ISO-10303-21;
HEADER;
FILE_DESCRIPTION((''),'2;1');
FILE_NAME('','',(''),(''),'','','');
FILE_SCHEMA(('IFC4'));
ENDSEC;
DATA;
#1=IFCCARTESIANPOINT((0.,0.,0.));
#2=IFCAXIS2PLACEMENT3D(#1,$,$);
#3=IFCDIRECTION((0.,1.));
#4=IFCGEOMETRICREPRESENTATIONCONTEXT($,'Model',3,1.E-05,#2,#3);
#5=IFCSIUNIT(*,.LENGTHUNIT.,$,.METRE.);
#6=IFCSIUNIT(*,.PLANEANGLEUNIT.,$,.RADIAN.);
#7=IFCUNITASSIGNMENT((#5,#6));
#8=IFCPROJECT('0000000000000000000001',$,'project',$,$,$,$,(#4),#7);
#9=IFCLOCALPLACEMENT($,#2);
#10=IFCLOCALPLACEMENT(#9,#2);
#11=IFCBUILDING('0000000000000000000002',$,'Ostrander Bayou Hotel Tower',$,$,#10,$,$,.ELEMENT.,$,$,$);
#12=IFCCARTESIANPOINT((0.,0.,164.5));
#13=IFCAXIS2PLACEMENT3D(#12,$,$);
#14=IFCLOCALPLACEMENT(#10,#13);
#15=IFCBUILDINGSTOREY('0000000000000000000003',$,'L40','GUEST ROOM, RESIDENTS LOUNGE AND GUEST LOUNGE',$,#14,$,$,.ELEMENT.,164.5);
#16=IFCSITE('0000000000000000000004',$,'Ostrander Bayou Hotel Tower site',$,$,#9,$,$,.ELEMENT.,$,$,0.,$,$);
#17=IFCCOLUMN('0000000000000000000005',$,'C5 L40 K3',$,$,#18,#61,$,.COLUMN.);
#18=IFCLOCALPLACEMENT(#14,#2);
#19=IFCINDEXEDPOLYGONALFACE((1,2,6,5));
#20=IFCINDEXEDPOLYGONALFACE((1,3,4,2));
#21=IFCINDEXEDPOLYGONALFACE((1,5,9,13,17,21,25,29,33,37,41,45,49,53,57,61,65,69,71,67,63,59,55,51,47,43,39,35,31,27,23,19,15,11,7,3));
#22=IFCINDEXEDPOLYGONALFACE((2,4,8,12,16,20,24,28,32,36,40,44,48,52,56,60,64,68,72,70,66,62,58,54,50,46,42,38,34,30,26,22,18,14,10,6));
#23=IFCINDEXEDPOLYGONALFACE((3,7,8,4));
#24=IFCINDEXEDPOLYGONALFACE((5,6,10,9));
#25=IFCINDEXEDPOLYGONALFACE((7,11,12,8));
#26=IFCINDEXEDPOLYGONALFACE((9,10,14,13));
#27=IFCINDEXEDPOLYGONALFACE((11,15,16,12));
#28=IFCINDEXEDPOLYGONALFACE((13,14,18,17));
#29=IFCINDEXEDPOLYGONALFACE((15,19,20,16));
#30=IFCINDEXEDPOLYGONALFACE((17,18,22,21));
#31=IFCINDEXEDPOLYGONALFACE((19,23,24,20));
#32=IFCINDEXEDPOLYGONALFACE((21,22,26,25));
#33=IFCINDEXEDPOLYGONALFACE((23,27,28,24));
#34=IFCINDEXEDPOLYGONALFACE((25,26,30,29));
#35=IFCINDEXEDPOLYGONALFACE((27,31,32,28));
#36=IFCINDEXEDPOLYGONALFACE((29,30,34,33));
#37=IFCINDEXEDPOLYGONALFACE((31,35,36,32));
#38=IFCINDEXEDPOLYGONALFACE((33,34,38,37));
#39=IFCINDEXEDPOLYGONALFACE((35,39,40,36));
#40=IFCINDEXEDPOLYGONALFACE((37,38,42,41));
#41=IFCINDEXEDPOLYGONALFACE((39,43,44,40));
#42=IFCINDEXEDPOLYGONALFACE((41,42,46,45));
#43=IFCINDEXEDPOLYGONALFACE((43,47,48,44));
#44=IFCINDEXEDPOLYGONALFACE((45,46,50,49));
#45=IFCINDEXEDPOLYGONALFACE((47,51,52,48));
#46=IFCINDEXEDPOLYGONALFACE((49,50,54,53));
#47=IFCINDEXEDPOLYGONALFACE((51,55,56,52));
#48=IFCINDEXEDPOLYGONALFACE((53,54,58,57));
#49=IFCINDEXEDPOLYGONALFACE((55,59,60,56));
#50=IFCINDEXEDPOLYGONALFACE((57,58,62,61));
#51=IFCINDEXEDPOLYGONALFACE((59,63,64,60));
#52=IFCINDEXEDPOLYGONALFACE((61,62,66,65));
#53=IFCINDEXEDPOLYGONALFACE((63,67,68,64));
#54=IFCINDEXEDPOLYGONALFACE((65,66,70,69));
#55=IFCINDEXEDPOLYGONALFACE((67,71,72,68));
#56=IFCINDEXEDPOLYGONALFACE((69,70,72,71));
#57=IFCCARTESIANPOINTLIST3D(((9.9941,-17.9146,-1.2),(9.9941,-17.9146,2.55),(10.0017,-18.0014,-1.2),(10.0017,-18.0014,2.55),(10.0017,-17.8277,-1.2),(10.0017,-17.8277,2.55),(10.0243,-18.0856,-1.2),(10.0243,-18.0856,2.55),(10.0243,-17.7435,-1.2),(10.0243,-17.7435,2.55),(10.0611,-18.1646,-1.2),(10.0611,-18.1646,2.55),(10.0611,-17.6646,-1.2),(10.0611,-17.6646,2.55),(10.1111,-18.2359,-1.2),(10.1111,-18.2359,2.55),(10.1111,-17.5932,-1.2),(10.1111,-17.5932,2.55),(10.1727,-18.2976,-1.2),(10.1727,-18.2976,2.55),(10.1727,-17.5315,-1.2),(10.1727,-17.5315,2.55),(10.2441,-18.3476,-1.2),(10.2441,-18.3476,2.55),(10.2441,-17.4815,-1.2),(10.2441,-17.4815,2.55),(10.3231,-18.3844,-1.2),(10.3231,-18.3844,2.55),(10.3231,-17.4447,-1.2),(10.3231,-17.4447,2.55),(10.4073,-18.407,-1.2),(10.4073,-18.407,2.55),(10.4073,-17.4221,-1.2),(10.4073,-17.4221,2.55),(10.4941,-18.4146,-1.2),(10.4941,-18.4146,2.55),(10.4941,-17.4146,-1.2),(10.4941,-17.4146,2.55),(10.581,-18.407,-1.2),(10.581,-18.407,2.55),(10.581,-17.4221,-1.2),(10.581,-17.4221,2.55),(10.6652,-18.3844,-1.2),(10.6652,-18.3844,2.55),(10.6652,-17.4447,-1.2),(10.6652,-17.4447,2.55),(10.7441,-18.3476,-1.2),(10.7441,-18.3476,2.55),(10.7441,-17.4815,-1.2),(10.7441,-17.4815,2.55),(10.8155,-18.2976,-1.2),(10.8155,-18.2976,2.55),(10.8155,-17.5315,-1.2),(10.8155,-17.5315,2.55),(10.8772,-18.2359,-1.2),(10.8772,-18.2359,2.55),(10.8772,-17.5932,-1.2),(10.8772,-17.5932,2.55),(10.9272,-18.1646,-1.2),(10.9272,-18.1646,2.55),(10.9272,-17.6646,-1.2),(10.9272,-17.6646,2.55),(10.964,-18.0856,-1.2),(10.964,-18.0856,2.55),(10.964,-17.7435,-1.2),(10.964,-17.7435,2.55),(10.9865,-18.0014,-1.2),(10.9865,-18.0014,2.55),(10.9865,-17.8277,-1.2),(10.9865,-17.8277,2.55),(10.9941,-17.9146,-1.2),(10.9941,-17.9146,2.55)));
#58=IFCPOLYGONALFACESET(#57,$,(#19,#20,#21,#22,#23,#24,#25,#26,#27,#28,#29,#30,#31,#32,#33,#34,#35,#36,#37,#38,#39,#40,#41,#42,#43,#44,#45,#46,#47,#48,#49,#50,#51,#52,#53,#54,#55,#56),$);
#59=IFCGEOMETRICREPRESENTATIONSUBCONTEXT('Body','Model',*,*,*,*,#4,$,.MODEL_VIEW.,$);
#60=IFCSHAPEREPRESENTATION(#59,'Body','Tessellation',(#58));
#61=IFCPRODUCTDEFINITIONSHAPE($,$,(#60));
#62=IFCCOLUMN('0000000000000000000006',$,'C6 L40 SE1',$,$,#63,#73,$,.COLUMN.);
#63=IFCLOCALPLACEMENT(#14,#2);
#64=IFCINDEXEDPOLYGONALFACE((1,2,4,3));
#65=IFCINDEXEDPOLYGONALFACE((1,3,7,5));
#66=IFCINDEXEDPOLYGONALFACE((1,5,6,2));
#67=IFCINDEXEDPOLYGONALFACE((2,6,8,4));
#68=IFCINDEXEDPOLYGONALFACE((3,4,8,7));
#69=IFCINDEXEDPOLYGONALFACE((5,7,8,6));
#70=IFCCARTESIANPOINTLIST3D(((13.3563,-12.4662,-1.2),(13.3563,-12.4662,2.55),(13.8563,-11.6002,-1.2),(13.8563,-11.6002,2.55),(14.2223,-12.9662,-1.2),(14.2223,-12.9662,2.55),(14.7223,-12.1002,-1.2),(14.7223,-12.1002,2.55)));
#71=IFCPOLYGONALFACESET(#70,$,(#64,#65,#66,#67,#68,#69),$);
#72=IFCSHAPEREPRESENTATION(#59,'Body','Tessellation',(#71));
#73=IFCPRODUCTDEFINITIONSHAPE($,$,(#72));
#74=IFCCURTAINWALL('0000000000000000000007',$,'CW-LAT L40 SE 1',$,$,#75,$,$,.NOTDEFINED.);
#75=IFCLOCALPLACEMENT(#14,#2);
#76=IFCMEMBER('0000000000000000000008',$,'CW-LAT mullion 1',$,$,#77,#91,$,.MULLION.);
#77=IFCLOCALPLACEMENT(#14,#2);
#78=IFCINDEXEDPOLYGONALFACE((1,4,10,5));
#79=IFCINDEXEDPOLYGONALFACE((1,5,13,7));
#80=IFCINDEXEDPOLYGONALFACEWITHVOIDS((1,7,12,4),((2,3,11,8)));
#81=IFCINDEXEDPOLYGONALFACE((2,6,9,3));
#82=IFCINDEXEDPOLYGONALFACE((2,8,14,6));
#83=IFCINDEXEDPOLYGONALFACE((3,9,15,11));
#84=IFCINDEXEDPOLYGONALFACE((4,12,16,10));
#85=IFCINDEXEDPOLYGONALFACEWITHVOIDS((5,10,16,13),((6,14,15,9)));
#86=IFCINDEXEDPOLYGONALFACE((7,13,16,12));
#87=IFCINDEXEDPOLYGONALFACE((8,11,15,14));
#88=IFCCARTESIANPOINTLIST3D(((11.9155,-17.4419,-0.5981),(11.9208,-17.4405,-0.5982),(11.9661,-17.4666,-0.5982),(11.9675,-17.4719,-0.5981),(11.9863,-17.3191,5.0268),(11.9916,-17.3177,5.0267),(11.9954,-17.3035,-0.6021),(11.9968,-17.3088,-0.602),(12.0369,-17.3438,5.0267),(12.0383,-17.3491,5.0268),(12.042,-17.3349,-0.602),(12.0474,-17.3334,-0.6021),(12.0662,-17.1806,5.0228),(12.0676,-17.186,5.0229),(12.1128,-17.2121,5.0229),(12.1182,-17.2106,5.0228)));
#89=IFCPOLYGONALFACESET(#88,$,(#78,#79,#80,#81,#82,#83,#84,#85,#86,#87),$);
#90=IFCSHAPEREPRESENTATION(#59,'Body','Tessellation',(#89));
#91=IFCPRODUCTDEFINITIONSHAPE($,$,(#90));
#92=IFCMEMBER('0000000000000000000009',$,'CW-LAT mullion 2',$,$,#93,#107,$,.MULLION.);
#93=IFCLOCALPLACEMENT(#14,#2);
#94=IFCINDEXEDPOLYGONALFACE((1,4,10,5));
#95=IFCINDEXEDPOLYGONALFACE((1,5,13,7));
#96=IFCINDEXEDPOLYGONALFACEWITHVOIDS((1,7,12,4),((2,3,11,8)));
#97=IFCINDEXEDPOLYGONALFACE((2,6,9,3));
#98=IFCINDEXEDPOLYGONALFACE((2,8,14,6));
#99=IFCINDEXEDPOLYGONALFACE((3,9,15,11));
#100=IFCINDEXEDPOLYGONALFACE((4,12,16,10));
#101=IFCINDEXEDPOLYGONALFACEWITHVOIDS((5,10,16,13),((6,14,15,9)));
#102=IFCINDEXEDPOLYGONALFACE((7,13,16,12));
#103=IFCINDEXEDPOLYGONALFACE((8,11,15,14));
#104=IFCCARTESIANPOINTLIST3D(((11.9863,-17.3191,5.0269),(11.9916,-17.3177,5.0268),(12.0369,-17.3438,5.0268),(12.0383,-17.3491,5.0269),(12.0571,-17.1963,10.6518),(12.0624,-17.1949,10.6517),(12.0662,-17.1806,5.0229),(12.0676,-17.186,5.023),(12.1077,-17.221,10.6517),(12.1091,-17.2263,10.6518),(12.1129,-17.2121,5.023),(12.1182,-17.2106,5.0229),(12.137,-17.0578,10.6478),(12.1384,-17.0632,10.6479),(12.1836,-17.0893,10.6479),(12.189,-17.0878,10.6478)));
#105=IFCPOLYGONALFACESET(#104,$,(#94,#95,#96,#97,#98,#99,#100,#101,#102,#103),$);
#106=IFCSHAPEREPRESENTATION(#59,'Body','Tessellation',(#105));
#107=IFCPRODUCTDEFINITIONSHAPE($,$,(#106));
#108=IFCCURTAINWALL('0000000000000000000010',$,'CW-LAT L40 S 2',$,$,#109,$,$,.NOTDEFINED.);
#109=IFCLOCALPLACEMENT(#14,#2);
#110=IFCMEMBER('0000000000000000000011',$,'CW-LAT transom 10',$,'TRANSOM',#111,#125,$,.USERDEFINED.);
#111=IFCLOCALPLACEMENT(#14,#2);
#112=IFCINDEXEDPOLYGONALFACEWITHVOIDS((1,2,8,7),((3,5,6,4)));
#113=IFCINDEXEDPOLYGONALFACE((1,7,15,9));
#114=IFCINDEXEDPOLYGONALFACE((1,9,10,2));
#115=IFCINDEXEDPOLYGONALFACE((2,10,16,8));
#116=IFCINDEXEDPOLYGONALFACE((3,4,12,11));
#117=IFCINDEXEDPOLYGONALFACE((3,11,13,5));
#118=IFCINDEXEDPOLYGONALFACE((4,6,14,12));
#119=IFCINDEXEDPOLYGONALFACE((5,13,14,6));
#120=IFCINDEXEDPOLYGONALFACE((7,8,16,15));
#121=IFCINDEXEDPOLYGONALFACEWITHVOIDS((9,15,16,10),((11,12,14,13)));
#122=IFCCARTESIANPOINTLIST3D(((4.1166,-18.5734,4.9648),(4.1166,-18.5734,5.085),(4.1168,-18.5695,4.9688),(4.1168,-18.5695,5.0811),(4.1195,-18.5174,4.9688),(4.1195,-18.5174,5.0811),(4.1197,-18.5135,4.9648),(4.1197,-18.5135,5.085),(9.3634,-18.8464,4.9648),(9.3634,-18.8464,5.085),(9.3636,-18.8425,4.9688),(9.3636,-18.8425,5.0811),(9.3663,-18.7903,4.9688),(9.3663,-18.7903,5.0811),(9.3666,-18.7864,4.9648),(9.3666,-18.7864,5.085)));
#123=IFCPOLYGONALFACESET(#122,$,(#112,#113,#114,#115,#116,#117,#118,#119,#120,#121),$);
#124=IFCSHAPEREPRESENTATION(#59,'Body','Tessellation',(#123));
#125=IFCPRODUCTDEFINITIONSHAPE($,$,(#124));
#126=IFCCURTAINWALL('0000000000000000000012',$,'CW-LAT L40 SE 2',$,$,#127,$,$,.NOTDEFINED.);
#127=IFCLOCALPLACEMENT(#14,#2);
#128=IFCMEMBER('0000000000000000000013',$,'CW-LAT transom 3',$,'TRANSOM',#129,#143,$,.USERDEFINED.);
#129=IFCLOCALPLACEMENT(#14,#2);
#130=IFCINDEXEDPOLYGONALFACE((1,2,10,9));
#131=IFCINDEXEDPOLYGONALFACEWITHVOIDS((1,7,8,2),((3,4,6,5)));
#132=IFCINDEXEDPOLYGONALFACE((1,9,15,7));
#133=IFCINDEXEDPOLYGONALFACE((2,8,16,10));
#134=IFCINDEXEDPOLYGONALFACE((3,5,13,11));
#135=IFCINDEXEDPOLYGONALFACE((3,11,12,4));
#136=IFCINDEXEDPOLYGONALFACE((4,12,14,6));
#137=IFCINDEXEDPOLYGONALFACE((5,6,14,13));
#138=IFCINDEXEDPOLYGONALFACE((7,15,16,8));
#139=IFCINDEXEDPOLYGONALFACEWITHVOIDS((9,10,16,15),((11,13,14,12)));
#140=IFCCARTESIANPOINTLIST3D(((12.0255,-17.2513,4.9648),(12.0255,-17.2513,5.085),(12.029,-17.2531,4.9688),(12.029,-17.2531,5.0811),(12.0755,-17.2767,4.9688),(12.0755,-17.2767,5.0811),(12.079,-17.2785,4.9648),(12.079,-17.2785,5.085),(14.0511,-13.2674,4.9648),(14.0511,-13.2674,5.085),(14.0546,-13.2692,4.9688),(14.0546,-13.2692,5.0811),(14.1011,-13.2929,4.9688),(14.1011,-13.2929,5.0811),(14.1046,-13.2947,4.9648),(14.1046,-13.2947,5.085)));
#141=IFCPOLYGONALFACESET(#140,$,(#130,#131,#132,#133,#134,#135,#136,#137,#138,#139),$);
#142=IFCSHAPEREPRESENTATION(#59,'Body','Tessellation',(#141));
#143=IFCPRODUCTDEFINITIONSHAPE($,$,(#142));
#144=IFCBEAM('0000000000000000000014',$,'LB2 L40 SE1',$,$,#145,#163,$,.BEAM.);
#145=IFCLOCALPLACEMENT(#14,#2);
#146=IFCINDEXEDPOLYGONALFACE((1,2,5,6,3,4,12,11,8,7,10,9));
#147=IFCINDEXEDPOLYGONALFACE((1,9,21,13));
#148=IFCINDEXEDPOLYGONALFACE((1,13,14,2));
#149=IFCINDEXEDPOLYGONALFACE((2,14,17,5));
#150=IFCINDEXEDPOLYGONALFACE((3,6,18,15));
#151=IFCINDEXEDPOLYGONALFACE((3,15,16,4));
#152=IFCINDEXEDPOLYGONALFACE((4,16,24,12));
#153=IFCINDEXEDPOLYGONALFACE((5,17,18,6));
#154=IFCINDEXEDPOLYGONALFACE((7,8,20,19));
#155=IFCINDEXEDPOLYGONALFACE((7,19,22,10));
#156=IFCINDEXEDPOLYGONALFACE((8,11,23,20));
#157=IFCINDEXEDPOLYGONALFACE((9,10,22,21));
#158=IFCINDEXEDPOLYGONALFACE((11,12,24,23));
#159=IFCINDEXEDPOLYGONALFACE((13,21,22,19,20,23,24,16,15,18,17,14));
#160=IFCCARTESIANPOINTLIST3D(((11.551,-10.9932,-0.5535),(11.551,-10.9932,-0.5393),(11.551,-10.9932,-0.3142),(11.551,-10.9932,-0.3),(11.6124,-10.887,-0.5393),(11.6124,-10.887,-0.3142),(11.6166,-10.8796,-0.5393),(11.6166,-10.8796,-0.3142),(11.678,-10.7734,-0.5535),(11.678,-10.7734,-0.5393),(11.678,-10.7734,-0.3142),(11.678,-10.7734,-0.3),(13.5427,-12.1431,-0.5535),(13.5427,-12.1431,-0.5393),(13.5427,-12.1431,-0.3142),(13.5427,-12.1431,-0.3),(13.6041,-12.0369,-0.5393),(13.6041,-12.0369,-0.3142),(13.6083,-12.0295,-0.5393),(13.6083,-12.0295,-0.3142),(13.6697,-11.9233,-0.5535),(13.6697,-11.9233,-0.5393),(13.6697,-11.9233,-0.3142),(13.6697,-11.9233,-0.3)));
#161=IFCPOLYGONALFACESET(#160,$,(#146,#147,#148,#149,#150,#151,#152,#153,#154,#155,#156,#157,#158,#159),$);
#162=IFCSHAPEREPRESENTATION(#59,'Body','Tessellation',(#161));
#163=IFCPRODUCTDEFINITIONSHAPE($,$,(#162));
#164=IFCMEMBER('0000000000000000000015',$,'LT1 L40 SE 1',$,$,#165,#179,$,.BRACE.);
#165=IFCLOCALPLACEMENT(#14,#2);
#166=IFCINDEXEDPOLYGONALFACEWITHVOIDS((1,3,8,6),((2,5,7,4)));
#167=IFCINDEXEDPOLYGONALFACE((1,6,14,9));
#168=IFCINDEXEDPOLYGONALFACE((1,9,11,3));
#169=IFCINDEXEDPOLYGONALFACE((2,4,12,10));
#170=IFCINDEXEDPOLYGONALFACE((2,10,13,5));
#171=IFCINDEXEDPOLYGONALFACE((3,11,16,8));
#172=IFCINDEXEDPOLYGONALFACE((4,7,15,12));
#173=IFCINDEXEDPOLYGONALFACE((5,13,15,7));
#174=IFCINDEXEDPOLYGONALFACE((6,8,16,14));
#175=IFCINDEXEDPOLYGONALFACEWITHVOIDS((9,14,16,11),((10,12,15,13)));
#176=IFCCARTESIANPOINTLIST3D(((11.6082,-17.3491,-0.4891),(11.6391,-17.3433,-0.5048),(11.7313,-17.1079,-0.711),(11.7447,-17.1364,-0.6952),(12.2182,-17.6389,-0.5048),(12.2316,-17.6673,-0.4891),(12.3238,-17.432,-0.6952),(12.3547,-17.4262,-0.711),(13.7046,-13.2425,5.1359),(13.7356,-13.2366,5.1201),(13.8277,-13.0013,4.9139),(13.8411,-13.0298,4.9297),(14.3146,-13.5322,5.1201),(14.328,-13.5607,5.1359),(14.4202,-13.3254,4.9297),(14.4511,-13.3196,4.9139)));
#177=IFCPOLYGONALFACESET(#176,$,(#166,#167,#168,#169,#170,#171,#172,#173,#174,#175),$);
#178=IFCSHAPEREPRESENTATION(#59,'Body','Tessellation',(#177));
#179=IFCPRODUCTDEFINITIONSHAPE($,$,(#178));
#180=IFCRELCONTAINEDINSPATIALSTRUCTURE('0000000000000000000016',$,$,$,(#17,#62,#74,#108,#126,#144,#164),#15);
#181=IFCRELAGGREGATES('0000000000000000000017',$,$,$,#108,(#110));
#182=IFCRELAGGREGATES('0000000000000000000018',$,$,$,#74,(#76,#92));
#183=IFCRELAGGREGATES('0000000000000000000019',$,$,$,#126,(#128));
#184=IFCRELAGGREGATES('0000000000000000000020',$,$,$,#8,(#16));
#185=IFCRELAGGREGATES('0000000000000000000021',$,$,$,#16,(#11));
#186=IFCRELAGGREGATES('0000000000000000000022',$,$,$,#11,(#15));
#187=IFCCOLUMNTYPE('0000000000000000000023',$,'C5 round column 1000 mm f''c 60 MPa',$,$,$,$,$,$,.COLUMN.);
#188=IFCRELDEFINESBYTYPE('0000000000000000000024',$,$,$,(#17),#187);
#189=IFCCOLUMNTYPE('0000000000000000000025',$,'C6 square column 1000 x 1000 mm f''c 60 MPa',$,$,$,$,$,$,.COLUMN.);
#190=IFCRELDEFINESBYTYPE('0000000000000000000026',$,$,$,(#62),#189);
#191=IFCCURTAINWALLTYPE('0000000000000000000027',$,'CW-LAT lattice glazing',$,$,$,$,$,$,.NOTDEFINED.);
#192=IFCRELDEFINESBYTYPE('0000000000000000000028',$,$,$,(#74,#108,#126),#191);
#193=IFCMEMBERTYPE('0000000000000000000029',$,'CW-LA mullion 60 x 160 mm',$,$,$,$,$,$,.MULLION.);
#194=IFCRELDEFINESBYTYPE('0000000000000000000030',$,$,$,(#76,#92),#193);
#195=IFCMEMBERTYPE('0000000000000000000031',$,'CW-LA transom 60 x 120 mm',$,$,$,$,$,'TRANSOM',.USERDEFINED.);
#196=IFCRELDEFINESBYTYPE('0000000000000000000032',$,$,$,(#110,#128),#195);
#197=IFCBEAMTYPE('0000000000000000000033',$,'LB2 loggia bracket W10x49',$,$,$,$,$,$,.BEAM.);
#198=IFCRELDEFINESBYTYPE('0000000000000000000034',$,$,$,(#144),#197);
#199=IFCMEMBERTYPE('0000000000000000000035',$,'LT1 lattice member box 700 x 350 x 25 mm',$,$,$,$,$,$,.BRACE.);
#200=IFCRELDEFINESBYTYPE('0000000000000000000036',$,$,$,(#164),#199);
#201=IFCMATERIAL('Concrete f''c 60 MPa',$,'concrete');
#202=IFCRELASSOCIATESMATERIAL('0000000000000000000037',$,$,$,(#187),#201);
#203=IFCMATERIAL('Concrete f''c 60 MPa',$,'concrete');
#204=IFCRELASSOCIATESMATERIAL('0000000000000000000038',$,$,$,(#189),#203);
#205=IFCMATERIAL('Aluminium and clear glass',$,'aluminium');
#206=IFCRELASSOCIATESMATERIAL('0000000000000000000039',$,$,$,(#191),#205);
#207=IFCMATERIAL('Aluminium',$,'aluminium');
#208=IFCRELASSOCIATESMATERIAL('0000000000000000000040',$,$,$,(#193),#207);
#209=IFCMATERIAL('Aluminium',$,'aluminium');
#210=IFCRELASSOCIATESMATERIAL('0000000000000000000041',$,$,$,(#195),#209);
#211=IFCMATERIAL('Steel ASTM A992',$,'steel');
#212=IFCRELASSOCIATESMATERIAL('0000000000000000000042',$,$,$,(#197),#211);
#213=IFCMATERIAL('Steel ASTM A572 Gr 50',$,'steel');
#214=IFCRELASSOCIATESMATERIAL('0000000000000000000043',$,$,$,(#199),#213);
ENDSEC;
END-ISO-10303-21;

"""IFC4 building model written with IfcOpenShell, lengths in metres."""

from ifc_helpers import new_model, si_unit, direction, frame, origin, origin_2d, place, context, subcontext, project, spatial, rectangle, hollow_rectangle, circle, i_section, extrude, material, material_profile, profile_set, type_object, element, aggregate, save


model = new_model("IFC4")

# Units and contexts
model_context = context("Model", 3, precision=1e-05, world=origin(), true_north=direction((0.0, 1.0)))
body_context = subcontext(model_context, "Body", "Model", "MODEL_VIEW")
ifc_project = project(units=[si_unit("LENGTHUNIT", "METRE"), si_unit("PLANEANGLEUNIT", "RADIAN")], contexts=[model_context])

# Site, building, storey
site_placement = place(None, origin())
site = spatial("IfcSite", under=ifc_project, at=site_placement, Name="Ostrander Bayou Hotel Tower site", CompositionType="ELEMENT", RefElevation=0.0)
building_placement = place(site_placement, origin())
building = spatial("IfcBuilding", under=site, at=building_placement, Name="Ostrander Bayou Hotel Tower", CompositionType="ELEMENT")
storey_placement = place(building_placement, frame((0.0, 0.0, 164.5)))
storey = spatial("IfcBuildingStorey", under=building, at=storey_placement, Name="L40", Description="GUEST ROOM, RESIDENTS LOUNGE AND GUEST LOUNGE", CompositionType="ELEMENT", Elevation=164.5)

# Columns
ifc_material_1 = material(Name="Concrete f'c 60 MPa", Category="concrete")
ifc_material_profile_1 = material_profile(ifc_material_1, circle(Radius=0.5, at=origin_2d()))
ifc_profile_set_1 = profile_set([ifc_material_profile_1], Name="Concrete f'c 60 MPa")
column_type_1 = type_object("IfcColumnType", Name="C5 round column 1000 mm f'c 60 MPa", PredefinedType="COLUMN", material=ifc_profile_set_1)
column_1_placement = place(storey_placement, frame((10.4941, -17.9146, -1.2), z_axis=(0.0, 0.0, 1.0), x_axis=(1.0, 0.0, 0.0)))
element("IfcColumn", 1, at=column_1_placement, inside=storey, type_object=column_type_1, Name="C5 L40 K3", PredefinedType="COLUMN", context=body_context, shape_type="SweptSolid", body=[
    extrude(circle(Radius=0.5, at=origin_2d()), origin(), (0.0, 0.0, 1.0), 3.75),
])
ifc_material_2 = material(Name="Concrete f'c 60 MPa", Category="concrete")
ifc_material_profile_2 = material_profile(ifc_material_2, rectangle(XDim=1.0, YDim=1.0, at=origin_2d()))
ifc_profile_set_2 = profile_set([ifc_material_profile_2], Name="Concrete f'c 60 MPa")
column_type_2 = type_object("IfcColumnType", Name="C6 square column 1000 x 1000 mm f'c 60 MPa", PredefinedType="COLUMN", material=ifc_profile_set_2)
column_2_placement = place(storey_placement, frame((14.0393, -12.2832, -1.2), z_axis=(0.0, 0.0, 1.0), x_axis=(-0.5, -0.866025, 0.0)))
element("IfcColumn", 2, at=column_2_placement, inside=storey, type_object=column_type_2, Name="C6 L40 SE1", PredefinedType="COLUMN", context=body_context, shape_type="SweptSolid", body=[
    extrude(rectangle(XDim=1.0, YDim=1.0, at=origin_2d()), origin(), (0.0, 0.0, 1.0), 3.75),
])

# Curtain wall, members
ifc_material_3 = material(Name="Aluminium and clear glass", Category="aluminium")
curtain_wall_type = type_object("IfcCurtainWallType", Name="CW-LAT lattice glazing", PredefinedType="NOTDEFINED", material=ifc_material_3)
curtain_wall_1_placement = place(storey_placement, origin())
curtain_wall_1 = element("IfcCurtainWall", 3, at=curtain_wall_1_placement, inside=storey, type_object=curtain_wall_type, Name="CW-LAT L40 SE 1", PredefinedType="NOTDEFINED")
ifc_material_4 = material(Name="Aluminium", Category="aluminium")
ifc_material_profile_3 = material_profile(ifc_material_4, hollow_rectangle(XDim=0.0601, YDim=0.1599, WallThickness=0.0039, at=origin_2d()))
ifc_profile_set_3 = profile_set([ifc_material_profile_3], Name="Aluminium")
member_type_1 = type_object("IfcMemberType", Name="CW-LA mullion 60 x 160 mm", PredefinedType="MULLION", material=ifc_profile_set_3)
member_1_placement = place(storey_placement, frame((11.9814, -17.3877, -0.6001), z_axis=(0.012583, 0.021825, 0.999683), x_axis=(-0.866329, 0.499474, 0.0)))
member_1 = element("IfcMember", 4, at=member_1_placement, type_object=member_type_1, Name="CW-LAT mullion 1", PredefinedType="MULLION", context=body_context, shape_type="SweptSolid", body=[
    extrude(hollow_rectangle(XDim=0.0601, YDim=0.1599, WallThickness=0.0039, at=origin_2d()), origin(), (0.0, 0.0, 1.0), 5.6267),
])
member_2_placement = place(storey_placement, frame((12.0522, -17.2649, 5.0249), z_axis=(0.012583, 0.021825, 0.999683), x_axis=(-0.866329, 0.499474, 0.0)))
member_2 = element("IfcMember", 5, at=member_2_placement, type_object=member_type_1, Name="CW-LAT mullion 2", PredefinedType="MULLION", context=body_context, shape_type="SweptSolid", body=[
    extrude(hollow_rectangle(XDim=0.0601, YDim=0.1599, WallThickness=0.0039, at=origin_2d()), origin(), (0.0, 0.0, 1.0), 5.6267),
])

# Curtain walls, members
curtain_wall_2_placement = place(storey_placement, origin())
curtain_wall_2 = element("IfcCurtainWall", 6, at=curtain_wall_2_placement, inside=storey, type_object=curtain_wall_type, Name="CW-LAT L40 S 2", PredefinedType="NOTDEFINED")
ifc_material_5 = material(Name="Aluminium", Category="aluminium")
ifc_material_profile_4 = material_profile(ifc_material_5, hollow_rectangle(XDim=0.0601, YDim=0.1201, WallThickness=0.0039, at=origin_2d()))
ifc_profile_set_4 = profile_set([ifc_material_profile_4], Name="Aluminium")
member_type_2 = type_object("IfcMemberType", Name="CW-LA transom 60 x 120 mm", ElementType="TRANSOM", PredefinedType="USERDEFINED", material=ifc_profile_set_4)
member_3_placement = place(storey_placement, frame((9.365, -18.8164, 5.0249), z_axis=(-0.99865, 0.051952, 0.0), x_axis=(-0.051952, -0.99865, 0.0)))
member_3 = element("IfcMember", 7, at=member_3_placement, type_object=member_type_2, Name="CW-LAT transom 10", ObjectType="TRANSOM", PredefinedType="USERDEFINED", context=body_context, shape_type="SweptSolid", body=[
    extrude(hollow_rectangle(XDim=0.0601, YDim=0.1201, WallThickness=0.0039, at=origin_2d()), origin(), (0.0, 0.0, 1.0), 5.2539),
])
aggregate(curtain_wall_2, [member_3])
curtain_wall_3_placement = place(storey_placement, origin())
curtain_wall_3 = element("IfcCurtainWall", 8, at=curtain_wall_3_placement, inside=storey, type_object=curtain_wall_type, Name="CW-LAT L40 SE 2", PredefinedType="NOTDEFINED")
member_4_placement = place(storey_placement, frame((12.0522, -17.2649, 5.0249), z_axis=(0.453234, 0.891391, 0.0), x_axis=(-0.891391, 0.453234, 0.0)))
member_4 = element("IfcMember", 9, at=member_4_placement, type_object=member_type_2, Name="CW-LAT transom 3", ObjectType="TRANSOM", PredefinedType="USERDEFINED", context=body_context, shape_type="SweptSolid", body=[
    extrude(hollow_rectangle(XDim=0.0601, YDim=0.1201, WallThickness=0.0039, at=origin_2d()), origin(), (0.0, 0.0, 1.0), 4.4692),
])

# Beam
ifc_material_6 = material(Name="Steel ASTM A992", Category="steel")
ifc_material_profile_5 = material_profile(ifc_material_6, i_section(OverallWidth=0.2539, OverallDepth=0.2534, WebThickness=0.0085, FlangeThickness=0.0142, at=origin_2d()))
ifc_profile_set_5 = profile_set([ifc_material_profile_5], Name="Steel ASTM A992")
beam_type_1 = type_object("IfcBeamType", Name="LB2 loggia bracket W10x49", PredefinedType="BEAM", material=ifc_profile_set_5)
beam_1_placement = place(storey_placement, frame((13.6062, -12.0332, -0.4268), z_axis=(-0.866026, 0.499998, 0.0), x_axis=(-0.499998, -0.866026, 0.0)))
element("IfcBeam", 10, at=beam_1_placement, inside=storey, type_object=beam_type_1, Name="LB2 L40 SE1", PredefinedType="BEAM", context=body_context, shape_type="SweptSolid", body=[
    extrude(i_section(OverallWidth=0.2539, OverallDepth=0.2534, WebThickness=0.0085, FlangeThickness=0.0142, at=origin_2d()), origin(), (0.0, 0.0, 1.0), 2.2998),
])

# Member
ifc_material_7 = material(Name="Steel ASTM A572 Gr 50", Category="steel")
ifc_material_profile_6 = material_profile(ifc_material_7, hollow_rectangle(XDim=0.7, YDim=0.3501, WallThickness=0.0249, at=origin_2d()))
ifc_profile_set_6 = profile_set([ifc_material_profile_6], Name="Steel ASTM A572 Gr 50")
member_type_3 = type_object("IfcMemberType", Name="LT1 lattice member box 700 x 350 x 25 mm", PredefinedType="BRACE", material=ifc_profile_set_6)
member_5_placement = place(storey_placement, frame((14.0779, -13.281, 5.0249), z_axis=(-0.288238, -0.564627, -0.773379), x_axis=(0.890658, -0.454674, 0.0)))
element("IfcMember", 11, at=member_5_placement, inside=storey, type_object=member_type_3, Name="LT1 L40 SE 1", PredefinedType="BRACE", context=body_context, shape_type="SweptSolid", body=[
    extrude(hollow_rectangle(XDim=0.7, YDim=0.3501, WallThickness=0.0249, at=origin_2d()), origin(), (0.0, 0.0, 1.0), 7.2732),
])

aggregate(curtain_wall_1, [member_1, member_2])
aggregate(curtain_wall_3, [member_4])

save(model, "model.ifc")
